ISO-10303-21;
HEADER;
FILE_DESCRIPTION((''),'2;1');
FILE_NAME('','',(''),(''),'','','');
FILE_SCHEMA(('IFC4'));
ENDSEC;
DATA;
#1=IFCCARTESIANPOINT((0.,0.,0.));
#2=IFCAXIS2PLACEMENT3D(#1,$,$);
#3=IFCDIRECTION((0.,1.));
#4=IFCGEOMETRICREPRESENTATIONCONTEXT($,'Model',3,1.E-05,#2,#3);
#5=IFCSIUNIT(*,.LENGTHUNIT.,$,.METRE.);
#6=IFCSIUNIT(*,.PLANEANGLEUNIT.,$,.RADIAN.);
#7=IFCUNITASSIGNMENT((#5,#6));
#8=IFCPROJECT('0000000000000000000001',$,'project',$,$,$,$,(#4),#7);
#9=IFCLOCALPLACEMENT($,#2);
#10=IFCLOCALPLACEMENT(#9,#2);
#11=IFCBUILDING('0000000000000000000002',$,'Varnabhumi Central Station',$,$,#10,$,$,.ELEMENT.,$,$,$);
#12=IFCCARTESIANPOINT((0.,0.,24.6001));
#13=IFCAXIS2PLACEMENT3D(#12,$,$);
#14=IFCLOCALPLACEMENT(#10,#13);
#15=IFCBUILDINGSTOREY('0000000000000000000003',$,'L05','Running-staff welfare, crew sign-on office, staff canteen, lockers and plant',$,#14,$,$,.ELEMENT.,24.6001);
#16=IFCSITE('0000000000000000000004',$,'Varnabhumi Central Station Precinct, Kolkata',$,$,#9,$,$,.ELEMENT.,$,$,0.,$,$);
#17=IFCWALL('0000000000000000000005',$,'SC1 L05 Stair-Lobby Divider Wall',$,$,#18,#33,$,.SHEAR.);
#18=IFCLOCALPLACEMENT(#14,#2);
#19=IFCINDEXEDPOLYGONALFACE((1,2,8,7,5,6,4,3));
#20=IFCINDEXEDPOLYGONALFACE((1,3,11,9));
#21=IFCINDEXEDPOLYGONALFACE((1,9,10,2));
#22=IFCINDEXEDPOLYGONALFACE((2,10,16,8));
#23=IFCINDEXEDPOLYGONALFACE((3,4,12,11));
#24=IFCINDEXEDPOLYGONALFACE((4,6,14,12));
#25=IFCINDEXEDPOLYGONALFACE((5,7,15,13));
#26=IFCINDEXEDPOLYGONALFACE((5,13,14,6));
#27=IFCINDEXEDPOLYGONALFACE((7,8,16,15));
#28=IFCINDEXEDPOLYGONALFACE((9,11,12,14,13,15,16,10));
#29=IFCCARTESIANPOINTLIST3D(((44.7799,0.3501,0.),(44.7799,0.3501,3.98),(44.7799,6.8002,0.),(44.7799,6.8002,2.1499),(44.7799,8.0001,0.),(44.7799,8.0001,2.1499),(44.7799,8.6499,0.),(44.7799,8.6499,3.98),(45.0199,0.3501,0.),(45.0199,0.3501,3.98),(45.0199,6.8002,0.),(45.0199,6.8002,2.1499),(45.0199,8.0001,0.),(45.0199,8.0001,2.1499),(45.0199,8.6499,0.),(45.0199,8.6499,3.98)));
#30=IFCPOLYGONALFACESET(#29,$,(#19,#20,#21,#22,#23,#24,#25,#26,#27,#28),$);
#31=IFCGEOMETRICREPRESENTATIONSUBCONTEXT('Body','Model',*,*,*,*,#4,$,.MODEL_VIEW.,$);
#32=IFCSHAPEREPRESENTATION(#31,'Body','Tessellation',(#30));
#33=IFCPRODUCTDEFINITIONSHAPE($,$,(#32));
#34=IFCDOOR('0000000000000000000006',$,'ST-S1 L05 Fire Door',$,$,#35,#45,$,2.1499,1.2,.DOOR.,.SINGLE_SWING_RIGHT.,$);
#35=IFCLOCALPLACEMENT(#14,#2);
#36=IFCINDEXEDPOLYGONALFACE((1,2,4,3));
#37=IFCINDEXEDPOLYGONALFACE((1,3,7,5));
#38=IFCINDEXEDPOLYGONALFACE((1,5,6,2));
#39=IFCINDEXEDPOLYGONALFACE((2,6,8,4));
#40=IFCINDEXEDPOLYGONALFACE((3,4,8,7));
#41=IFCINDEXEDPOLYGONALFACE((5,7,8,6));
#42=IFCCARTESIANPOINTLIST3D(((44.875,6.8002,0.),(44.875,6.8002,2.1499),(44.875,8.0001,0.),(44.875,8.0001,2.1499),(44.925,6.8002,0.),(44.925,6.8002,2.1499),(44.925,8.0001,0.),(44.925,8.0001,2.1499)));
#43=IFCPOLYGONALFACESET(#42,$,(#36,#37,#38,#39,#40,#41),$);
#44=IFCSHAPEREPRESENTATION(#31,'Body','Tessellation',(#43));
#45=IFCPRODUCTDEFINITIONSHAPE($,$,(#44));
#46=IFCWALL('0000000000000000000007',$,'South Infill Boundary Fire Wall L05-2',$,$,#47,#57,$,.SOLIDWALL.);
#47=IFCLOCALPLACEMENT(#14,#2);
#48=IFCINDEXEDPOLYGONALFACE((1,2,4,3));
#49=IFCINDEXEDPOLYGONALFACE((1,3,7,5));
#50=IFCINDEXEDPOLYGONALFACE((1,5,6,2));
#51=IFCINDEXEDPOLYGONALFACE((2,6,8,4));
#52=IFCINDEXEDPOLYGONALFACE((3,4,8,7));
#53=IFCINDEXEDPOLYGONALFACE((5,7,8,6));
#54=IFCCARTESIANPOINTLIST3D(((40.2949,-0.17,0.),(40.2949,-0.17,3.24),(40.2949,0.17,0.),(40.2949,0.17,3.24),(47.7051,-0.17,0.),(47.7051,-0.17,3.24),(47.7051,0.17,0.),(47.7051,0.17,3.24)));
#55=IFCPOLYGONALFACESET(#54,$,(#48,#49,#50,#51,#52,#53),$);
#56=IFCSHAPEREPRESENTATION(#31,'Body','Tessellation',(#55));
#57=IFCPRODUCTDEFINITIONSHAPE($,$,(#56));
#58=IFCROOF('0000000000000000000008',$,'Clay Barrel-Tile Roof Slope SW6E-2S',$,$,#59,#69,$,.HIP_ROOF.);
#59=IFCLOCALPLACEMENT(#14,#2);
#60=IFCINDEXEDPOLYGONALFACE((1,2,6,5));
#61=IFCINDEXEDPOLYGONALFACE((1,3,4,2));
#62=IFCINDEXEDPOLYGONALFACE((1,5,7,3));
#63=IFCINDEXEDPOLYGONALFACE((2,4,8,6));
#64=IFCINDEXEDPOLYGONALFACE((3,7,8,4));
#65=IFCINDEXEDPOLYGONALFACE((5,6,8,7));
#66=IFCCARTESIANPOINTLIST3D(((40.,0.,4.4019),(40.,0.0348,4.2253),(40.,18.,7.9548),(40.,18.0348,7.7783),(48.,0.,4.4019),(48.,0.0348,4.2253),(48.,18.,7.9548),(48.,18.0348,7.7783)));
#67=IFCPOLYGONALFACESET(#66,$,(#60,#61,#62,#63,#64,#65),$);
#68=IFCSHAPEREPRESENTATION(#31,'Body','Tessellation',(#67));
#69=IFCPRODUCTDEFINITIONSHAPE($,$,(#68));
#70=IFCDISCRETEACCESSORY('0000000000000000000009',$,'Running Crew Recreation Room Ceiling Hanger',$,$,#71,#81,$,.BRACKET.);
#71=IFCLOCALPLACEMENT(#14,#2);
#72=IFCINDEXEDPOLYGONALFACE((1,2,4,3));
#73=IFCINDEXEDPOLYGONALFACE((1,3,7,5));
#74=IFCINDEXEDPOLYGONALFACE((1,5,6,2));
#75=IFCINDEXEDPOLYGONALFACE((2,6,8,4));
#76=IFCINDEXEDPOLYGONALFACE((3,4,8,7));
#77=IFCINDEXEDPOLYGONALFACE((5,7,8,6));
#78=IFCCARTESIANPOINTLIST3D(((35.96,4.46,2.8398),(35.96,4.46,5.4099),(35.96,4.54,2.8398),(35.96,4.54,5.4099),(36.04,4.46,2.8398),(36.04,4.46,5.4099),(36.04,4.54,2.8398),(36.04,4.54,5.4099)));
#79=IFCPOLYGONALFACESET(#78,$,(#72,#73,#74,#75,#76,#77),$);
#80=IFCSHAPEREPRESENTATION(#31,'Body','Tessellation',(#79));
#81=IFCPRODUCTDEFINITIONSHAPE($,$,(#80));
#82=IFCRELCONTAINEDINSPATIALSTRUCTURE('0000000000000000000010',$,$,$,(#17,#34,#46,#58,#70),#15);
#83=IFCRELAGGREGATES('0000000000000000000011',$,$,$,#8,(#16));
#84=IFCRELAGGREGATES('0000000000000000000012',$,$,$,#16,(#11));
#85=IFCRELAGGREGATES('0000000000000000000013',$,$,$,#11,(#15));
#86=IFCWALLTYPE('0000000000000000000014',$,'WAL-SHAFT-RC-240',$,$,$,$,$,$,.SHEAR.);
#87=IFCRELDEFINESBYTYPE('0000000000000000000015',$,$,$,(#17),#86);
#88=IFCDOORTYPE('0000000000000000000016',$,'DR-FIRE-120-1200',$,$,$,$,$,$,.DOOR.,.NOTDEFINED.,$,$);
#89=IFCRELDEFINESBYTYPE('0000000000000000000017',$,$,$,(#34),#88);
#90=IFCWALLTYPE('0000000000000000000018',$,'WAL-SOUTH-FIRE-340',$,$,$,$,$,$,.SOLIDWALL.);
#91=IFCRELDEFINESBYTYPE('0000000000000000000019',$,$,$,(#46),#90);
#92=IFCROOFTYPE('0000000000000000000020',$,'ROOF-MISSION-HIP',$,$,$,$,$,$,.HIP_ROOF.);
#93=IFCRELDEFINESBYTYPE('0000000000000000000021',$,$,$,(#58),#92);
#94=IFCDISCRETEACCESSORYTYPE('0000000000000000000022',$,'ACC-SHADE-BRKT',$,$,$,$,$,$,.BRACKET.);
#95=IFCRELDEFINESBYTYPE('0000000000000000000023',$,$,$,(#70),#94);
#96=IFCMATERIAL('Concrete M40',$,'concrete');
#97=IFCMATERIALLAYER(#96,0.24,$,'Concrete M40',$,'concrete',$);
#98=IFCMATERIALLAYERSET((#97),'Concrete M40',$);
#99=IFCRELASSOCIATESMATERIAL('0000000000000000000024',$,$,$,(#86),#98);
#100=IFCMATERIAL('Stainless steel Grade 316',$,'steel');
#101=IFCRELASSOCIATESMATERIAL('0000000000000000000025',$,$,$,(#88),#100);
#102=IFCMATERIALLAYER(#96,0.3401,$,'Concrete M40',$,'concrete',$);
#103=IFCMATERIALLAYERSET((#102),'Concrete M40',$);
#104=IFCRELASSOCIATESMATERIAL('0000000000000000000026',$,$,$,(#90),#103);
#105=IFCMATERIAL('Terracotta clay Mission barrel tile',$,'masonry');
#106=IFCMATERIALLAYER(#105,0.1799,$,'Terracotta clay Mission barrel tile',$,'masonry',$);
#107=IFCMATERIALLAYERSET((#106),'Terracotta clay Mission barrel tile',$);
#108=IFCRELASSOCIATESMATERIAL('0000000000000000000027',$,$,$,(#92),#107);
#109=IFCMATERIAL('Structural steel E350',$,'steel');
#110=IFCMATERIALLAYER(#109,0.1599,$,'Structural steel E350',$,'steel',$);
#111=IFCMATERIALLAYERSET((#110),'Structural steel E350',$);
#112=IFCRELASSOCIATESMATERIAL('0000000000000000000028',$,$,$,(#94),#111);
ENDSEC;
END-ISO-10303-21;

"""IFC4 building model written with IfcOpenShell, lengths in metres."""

from ifc_helpers import new_model, si_unit, direction, frame, frame_2d, origin, origin_2d, place, context, subcontext, project, spatial, polyline, rectangle, outline, extrude, material, layer, layer_set, type_object, element, fill, save


model = new_model("IFC4")

# Units and contexts
model_context = context("Model", 3, precision=1e-05, world=origin(), true_north=direction((0.0, 1.0)))
body_context = subcontext(model_context, "Body", "Model", "MODEL_VIEW")
ifc_project = project(units=[si_unit("LENGTHUNIT", "METRE"), si_unit("PLANEANGLEUNIT", "RADIAN")], contexts=[model_context])

# Site, building, storey
site_placement = place(None, origin())
site = spatial("IfcSite", under=ifc_project, at=site_placement, Name="Varnabhumi Central Station Precinct, Kolkata", CompositionType="ELEMENT", RefElevation=0.0)
building_placement = place(site_placement, origin())
building = spatial("IfcBuilding", under=site, at=building_placement, Name="Varnabhumi Central Station", CompositionType="ELEMENT")
storey_placement = place(building_placement, frame((0.0, 0.0, 24.6001)))
storey = spatial("IfcBuildingStorey", under=building, at=storey_placement, Name="L05", Description="Running-staff welfare, crew sign-on office, staff canteen, lockers and plant", CompositionType="ELEMENT", Elevation=24.6001)

# Shared definitions
ifc_material_1 = material(Name="Concrete M40", Category="concrete")
ifc_material_2 = material(Name="Structural steel E350", Category="steel")

# Wall, opening, door
ifc_layer_1 = layer(ifc_material_1, 0.24, Name="Concrete M40", Category="concrete")
ifc_layer_set_1 = layer_set([ifc_layer_1], Name="Concrete M40")
wall_type_1 = type_object("IfcWallType", Name="WAL-SHAFT-RC-240", PredefinedType="SHEAR", material=ifc_layer_set_1)
wall_1_placement = place(storey_placement, frame((44.8999, 0.3501, 0.0), z_axis=(0.0, 0.0, 1.0), x_axis=(0.0, 1.0, 0.0)))
wall_1 = element("IfcWall", 1, at=wall_1_placement, inside=storey, type_object=wall_type_1, Name="SC1 L05 Stair-Lobby Divider Wall", PredefinedType="SHEAR", context=body_context, shape_type="SweptSolid", body=[
    extrude(rectangle(XDim=8.2998, YDim=0.24, at=frame_2d((4.1499, 0.0))), origin(), (0.0, 0.0, 1.0), 3.98),
])
opening_1_placement = place(wall_1_placement, frame((6.45, 0.0, 0.0)))
opening_1 = element("IfcOpeningElement", 2, at=opening_1_placement, cuts=wall_1, PredefinedType="OPENING", context=body_context, shape_type="SweptSolid", body=[
    extrude(rectangle(XDim=1.2, YDim=2.1499, at=frame_2d((0.6001, 1.075))), frame((0.0, 0.1299, 0.0), z_axis=(0.0, -1.0, 0.0), x_axis=(1.0, 0.0, 0.0)), (0.0, 0.0, 1.0), 0.26),
])
ifc_material_3 = material(Name="Stainless steel Grade 316", Category="steel")
door_type_1 = type_object("IfcDoorType", Name="DR-FIRE-120-1200", OperationType="NOTDEFINED", PredefinedType="DOOR", material=ifc_material_3)
door_1_placement = place(opening_1_placement, origin())
door_1 = element("IfcDoor", 3, at=door_1_placement, inside=storey, type_object=door_type_1, Name="ST-S1 L05 Fire Door", OperationType="SINGLE_SWING_RIGHT", OverallHeight=2.1499, OverallWidth=1.2, PredefinedType="DOOR", context=body_context, shape_type="SweptSolid", body=[
    extrude(rectangle(XDim=1.2, YDim=2.1499, at=frame_2d((0.6001, 1.075))), frame((0.0, 0.0249, 0.0), z_axis=(0.0, -1.0, 0.0), x_axis=(1.0, 0.0, 0.0)), (0.0, 0.0, 1.0), 0.05),
])
fill(opening_1, door_1)

# Wall
ifc_layer_2 = layer(ifc_material_1, 0.3401, Name="Concrete M40", Category="concrete")
ifc_layer_set_2 = layer_set([ifc_layer_2], Name="Concrete M40")
wall_type_2 = type_object("IfcWallType", Name="WAL-SOUTH-FIRE-340", PredefinedType="SOLIDWALL", material=ifc_layer_set_2)
wall_2_placement = place(storey_placement, frame((40.2949, 0.0, 0.0), z_axis=(0.0, 0.0, 1.0), x_axis=(1.0, 0.0, 0.0)))
element("IfcWall", 4, at=wall_2_placement, inside=storey, type_object=wall_type_2, Name="South Infill Boundary Fire Wall L05-2", PredefinedType="SOLIDWALL", context=body_context, shape_type="SweptSolid", body=[
    extrude(rectangle(XDim=7.4102, YDim=0.3401, at=frame_2d((3.7051, 0.0))), origin(), (0.0, 0.0, 1.0), 3.24),
])

# Roof
ifc_material_4 = material(Name="Terracotta clay Mission barrel tile", Category="masonry")
ifc_layer_3 = layer(ifc_material_4, 0.1799, Name="Terracotta clay Mission barrel tile", Category="masonry")
ifc_layer_set_3 = layer_set([ifc_layer_3], Name="Terracotta clay Mission barrel tile")
roof_type = type_object("IfcRoofType", Name="ROOF-MISSION-HIP", PredefinedType="HIP_ROOF", material=ifc_layer_set_3)
roof_placement = place(storey_placement, frame((40.0, 0.0, 4.4019), z_axis=(0.0, -0.193651, 0.98107), x_axis=(1.0, 0.0, 0.0)))
element("IfcRoof", 5, at=roof_placement, inside=storey, type_object=roof_type, Name="Clay Barrel-Tile Roof Slope SW6E-2S", PredefinedType="HIP_ROOF", context=body_context, shape_type="SweptSolid", body=[
    extrude(outline(polyline([(0.0, 0.0), (8.0, 0.0), (8.0, 18.3473), (0.0, 18.3473), (0.0, 0.0)])), origin(), (0.0, 0.0, -1.0), 0.1799),
])

# Discrete accessory
ifc_layer_4 = layer(ifc_material_2, 0.1599, Name="Structural steel E350", Category="steel")
ifc_layer_set_4 = layer_set([ifc_layer_4], Name="Structural steel E350")
discrete_accessory_type = type_object("IfcDiscreteAccessoryType", Name="ACC-SHADE-BRKT", PredefinedType="BRACKET", material=ifc_layer_set_4)
discrete_accessory_placement = place(storey_placement, frame((36.0, 4.5, 2.8398), z_axis=(0.0, 0.0, 1.0), x_axis=(1.0, 0.0, 0.0)))
element("IfcDiscreteAccessory", 6, at=discrete_accessory_placement, inside=storey, type_object=discrete_accessory_type, Name="Running Crew Recreation Room Ceiling Hanger", PredefinedType="BRACKET", context=body_context, shape_type="SweptSolid", body=[
    extrude(rectangle(XDim=0.0801, YDim=0.0801, at=origin_2d()), origin(), (0.0, 0.0, 1.0), 2.5701),
])

save(model, "model.ifc")
